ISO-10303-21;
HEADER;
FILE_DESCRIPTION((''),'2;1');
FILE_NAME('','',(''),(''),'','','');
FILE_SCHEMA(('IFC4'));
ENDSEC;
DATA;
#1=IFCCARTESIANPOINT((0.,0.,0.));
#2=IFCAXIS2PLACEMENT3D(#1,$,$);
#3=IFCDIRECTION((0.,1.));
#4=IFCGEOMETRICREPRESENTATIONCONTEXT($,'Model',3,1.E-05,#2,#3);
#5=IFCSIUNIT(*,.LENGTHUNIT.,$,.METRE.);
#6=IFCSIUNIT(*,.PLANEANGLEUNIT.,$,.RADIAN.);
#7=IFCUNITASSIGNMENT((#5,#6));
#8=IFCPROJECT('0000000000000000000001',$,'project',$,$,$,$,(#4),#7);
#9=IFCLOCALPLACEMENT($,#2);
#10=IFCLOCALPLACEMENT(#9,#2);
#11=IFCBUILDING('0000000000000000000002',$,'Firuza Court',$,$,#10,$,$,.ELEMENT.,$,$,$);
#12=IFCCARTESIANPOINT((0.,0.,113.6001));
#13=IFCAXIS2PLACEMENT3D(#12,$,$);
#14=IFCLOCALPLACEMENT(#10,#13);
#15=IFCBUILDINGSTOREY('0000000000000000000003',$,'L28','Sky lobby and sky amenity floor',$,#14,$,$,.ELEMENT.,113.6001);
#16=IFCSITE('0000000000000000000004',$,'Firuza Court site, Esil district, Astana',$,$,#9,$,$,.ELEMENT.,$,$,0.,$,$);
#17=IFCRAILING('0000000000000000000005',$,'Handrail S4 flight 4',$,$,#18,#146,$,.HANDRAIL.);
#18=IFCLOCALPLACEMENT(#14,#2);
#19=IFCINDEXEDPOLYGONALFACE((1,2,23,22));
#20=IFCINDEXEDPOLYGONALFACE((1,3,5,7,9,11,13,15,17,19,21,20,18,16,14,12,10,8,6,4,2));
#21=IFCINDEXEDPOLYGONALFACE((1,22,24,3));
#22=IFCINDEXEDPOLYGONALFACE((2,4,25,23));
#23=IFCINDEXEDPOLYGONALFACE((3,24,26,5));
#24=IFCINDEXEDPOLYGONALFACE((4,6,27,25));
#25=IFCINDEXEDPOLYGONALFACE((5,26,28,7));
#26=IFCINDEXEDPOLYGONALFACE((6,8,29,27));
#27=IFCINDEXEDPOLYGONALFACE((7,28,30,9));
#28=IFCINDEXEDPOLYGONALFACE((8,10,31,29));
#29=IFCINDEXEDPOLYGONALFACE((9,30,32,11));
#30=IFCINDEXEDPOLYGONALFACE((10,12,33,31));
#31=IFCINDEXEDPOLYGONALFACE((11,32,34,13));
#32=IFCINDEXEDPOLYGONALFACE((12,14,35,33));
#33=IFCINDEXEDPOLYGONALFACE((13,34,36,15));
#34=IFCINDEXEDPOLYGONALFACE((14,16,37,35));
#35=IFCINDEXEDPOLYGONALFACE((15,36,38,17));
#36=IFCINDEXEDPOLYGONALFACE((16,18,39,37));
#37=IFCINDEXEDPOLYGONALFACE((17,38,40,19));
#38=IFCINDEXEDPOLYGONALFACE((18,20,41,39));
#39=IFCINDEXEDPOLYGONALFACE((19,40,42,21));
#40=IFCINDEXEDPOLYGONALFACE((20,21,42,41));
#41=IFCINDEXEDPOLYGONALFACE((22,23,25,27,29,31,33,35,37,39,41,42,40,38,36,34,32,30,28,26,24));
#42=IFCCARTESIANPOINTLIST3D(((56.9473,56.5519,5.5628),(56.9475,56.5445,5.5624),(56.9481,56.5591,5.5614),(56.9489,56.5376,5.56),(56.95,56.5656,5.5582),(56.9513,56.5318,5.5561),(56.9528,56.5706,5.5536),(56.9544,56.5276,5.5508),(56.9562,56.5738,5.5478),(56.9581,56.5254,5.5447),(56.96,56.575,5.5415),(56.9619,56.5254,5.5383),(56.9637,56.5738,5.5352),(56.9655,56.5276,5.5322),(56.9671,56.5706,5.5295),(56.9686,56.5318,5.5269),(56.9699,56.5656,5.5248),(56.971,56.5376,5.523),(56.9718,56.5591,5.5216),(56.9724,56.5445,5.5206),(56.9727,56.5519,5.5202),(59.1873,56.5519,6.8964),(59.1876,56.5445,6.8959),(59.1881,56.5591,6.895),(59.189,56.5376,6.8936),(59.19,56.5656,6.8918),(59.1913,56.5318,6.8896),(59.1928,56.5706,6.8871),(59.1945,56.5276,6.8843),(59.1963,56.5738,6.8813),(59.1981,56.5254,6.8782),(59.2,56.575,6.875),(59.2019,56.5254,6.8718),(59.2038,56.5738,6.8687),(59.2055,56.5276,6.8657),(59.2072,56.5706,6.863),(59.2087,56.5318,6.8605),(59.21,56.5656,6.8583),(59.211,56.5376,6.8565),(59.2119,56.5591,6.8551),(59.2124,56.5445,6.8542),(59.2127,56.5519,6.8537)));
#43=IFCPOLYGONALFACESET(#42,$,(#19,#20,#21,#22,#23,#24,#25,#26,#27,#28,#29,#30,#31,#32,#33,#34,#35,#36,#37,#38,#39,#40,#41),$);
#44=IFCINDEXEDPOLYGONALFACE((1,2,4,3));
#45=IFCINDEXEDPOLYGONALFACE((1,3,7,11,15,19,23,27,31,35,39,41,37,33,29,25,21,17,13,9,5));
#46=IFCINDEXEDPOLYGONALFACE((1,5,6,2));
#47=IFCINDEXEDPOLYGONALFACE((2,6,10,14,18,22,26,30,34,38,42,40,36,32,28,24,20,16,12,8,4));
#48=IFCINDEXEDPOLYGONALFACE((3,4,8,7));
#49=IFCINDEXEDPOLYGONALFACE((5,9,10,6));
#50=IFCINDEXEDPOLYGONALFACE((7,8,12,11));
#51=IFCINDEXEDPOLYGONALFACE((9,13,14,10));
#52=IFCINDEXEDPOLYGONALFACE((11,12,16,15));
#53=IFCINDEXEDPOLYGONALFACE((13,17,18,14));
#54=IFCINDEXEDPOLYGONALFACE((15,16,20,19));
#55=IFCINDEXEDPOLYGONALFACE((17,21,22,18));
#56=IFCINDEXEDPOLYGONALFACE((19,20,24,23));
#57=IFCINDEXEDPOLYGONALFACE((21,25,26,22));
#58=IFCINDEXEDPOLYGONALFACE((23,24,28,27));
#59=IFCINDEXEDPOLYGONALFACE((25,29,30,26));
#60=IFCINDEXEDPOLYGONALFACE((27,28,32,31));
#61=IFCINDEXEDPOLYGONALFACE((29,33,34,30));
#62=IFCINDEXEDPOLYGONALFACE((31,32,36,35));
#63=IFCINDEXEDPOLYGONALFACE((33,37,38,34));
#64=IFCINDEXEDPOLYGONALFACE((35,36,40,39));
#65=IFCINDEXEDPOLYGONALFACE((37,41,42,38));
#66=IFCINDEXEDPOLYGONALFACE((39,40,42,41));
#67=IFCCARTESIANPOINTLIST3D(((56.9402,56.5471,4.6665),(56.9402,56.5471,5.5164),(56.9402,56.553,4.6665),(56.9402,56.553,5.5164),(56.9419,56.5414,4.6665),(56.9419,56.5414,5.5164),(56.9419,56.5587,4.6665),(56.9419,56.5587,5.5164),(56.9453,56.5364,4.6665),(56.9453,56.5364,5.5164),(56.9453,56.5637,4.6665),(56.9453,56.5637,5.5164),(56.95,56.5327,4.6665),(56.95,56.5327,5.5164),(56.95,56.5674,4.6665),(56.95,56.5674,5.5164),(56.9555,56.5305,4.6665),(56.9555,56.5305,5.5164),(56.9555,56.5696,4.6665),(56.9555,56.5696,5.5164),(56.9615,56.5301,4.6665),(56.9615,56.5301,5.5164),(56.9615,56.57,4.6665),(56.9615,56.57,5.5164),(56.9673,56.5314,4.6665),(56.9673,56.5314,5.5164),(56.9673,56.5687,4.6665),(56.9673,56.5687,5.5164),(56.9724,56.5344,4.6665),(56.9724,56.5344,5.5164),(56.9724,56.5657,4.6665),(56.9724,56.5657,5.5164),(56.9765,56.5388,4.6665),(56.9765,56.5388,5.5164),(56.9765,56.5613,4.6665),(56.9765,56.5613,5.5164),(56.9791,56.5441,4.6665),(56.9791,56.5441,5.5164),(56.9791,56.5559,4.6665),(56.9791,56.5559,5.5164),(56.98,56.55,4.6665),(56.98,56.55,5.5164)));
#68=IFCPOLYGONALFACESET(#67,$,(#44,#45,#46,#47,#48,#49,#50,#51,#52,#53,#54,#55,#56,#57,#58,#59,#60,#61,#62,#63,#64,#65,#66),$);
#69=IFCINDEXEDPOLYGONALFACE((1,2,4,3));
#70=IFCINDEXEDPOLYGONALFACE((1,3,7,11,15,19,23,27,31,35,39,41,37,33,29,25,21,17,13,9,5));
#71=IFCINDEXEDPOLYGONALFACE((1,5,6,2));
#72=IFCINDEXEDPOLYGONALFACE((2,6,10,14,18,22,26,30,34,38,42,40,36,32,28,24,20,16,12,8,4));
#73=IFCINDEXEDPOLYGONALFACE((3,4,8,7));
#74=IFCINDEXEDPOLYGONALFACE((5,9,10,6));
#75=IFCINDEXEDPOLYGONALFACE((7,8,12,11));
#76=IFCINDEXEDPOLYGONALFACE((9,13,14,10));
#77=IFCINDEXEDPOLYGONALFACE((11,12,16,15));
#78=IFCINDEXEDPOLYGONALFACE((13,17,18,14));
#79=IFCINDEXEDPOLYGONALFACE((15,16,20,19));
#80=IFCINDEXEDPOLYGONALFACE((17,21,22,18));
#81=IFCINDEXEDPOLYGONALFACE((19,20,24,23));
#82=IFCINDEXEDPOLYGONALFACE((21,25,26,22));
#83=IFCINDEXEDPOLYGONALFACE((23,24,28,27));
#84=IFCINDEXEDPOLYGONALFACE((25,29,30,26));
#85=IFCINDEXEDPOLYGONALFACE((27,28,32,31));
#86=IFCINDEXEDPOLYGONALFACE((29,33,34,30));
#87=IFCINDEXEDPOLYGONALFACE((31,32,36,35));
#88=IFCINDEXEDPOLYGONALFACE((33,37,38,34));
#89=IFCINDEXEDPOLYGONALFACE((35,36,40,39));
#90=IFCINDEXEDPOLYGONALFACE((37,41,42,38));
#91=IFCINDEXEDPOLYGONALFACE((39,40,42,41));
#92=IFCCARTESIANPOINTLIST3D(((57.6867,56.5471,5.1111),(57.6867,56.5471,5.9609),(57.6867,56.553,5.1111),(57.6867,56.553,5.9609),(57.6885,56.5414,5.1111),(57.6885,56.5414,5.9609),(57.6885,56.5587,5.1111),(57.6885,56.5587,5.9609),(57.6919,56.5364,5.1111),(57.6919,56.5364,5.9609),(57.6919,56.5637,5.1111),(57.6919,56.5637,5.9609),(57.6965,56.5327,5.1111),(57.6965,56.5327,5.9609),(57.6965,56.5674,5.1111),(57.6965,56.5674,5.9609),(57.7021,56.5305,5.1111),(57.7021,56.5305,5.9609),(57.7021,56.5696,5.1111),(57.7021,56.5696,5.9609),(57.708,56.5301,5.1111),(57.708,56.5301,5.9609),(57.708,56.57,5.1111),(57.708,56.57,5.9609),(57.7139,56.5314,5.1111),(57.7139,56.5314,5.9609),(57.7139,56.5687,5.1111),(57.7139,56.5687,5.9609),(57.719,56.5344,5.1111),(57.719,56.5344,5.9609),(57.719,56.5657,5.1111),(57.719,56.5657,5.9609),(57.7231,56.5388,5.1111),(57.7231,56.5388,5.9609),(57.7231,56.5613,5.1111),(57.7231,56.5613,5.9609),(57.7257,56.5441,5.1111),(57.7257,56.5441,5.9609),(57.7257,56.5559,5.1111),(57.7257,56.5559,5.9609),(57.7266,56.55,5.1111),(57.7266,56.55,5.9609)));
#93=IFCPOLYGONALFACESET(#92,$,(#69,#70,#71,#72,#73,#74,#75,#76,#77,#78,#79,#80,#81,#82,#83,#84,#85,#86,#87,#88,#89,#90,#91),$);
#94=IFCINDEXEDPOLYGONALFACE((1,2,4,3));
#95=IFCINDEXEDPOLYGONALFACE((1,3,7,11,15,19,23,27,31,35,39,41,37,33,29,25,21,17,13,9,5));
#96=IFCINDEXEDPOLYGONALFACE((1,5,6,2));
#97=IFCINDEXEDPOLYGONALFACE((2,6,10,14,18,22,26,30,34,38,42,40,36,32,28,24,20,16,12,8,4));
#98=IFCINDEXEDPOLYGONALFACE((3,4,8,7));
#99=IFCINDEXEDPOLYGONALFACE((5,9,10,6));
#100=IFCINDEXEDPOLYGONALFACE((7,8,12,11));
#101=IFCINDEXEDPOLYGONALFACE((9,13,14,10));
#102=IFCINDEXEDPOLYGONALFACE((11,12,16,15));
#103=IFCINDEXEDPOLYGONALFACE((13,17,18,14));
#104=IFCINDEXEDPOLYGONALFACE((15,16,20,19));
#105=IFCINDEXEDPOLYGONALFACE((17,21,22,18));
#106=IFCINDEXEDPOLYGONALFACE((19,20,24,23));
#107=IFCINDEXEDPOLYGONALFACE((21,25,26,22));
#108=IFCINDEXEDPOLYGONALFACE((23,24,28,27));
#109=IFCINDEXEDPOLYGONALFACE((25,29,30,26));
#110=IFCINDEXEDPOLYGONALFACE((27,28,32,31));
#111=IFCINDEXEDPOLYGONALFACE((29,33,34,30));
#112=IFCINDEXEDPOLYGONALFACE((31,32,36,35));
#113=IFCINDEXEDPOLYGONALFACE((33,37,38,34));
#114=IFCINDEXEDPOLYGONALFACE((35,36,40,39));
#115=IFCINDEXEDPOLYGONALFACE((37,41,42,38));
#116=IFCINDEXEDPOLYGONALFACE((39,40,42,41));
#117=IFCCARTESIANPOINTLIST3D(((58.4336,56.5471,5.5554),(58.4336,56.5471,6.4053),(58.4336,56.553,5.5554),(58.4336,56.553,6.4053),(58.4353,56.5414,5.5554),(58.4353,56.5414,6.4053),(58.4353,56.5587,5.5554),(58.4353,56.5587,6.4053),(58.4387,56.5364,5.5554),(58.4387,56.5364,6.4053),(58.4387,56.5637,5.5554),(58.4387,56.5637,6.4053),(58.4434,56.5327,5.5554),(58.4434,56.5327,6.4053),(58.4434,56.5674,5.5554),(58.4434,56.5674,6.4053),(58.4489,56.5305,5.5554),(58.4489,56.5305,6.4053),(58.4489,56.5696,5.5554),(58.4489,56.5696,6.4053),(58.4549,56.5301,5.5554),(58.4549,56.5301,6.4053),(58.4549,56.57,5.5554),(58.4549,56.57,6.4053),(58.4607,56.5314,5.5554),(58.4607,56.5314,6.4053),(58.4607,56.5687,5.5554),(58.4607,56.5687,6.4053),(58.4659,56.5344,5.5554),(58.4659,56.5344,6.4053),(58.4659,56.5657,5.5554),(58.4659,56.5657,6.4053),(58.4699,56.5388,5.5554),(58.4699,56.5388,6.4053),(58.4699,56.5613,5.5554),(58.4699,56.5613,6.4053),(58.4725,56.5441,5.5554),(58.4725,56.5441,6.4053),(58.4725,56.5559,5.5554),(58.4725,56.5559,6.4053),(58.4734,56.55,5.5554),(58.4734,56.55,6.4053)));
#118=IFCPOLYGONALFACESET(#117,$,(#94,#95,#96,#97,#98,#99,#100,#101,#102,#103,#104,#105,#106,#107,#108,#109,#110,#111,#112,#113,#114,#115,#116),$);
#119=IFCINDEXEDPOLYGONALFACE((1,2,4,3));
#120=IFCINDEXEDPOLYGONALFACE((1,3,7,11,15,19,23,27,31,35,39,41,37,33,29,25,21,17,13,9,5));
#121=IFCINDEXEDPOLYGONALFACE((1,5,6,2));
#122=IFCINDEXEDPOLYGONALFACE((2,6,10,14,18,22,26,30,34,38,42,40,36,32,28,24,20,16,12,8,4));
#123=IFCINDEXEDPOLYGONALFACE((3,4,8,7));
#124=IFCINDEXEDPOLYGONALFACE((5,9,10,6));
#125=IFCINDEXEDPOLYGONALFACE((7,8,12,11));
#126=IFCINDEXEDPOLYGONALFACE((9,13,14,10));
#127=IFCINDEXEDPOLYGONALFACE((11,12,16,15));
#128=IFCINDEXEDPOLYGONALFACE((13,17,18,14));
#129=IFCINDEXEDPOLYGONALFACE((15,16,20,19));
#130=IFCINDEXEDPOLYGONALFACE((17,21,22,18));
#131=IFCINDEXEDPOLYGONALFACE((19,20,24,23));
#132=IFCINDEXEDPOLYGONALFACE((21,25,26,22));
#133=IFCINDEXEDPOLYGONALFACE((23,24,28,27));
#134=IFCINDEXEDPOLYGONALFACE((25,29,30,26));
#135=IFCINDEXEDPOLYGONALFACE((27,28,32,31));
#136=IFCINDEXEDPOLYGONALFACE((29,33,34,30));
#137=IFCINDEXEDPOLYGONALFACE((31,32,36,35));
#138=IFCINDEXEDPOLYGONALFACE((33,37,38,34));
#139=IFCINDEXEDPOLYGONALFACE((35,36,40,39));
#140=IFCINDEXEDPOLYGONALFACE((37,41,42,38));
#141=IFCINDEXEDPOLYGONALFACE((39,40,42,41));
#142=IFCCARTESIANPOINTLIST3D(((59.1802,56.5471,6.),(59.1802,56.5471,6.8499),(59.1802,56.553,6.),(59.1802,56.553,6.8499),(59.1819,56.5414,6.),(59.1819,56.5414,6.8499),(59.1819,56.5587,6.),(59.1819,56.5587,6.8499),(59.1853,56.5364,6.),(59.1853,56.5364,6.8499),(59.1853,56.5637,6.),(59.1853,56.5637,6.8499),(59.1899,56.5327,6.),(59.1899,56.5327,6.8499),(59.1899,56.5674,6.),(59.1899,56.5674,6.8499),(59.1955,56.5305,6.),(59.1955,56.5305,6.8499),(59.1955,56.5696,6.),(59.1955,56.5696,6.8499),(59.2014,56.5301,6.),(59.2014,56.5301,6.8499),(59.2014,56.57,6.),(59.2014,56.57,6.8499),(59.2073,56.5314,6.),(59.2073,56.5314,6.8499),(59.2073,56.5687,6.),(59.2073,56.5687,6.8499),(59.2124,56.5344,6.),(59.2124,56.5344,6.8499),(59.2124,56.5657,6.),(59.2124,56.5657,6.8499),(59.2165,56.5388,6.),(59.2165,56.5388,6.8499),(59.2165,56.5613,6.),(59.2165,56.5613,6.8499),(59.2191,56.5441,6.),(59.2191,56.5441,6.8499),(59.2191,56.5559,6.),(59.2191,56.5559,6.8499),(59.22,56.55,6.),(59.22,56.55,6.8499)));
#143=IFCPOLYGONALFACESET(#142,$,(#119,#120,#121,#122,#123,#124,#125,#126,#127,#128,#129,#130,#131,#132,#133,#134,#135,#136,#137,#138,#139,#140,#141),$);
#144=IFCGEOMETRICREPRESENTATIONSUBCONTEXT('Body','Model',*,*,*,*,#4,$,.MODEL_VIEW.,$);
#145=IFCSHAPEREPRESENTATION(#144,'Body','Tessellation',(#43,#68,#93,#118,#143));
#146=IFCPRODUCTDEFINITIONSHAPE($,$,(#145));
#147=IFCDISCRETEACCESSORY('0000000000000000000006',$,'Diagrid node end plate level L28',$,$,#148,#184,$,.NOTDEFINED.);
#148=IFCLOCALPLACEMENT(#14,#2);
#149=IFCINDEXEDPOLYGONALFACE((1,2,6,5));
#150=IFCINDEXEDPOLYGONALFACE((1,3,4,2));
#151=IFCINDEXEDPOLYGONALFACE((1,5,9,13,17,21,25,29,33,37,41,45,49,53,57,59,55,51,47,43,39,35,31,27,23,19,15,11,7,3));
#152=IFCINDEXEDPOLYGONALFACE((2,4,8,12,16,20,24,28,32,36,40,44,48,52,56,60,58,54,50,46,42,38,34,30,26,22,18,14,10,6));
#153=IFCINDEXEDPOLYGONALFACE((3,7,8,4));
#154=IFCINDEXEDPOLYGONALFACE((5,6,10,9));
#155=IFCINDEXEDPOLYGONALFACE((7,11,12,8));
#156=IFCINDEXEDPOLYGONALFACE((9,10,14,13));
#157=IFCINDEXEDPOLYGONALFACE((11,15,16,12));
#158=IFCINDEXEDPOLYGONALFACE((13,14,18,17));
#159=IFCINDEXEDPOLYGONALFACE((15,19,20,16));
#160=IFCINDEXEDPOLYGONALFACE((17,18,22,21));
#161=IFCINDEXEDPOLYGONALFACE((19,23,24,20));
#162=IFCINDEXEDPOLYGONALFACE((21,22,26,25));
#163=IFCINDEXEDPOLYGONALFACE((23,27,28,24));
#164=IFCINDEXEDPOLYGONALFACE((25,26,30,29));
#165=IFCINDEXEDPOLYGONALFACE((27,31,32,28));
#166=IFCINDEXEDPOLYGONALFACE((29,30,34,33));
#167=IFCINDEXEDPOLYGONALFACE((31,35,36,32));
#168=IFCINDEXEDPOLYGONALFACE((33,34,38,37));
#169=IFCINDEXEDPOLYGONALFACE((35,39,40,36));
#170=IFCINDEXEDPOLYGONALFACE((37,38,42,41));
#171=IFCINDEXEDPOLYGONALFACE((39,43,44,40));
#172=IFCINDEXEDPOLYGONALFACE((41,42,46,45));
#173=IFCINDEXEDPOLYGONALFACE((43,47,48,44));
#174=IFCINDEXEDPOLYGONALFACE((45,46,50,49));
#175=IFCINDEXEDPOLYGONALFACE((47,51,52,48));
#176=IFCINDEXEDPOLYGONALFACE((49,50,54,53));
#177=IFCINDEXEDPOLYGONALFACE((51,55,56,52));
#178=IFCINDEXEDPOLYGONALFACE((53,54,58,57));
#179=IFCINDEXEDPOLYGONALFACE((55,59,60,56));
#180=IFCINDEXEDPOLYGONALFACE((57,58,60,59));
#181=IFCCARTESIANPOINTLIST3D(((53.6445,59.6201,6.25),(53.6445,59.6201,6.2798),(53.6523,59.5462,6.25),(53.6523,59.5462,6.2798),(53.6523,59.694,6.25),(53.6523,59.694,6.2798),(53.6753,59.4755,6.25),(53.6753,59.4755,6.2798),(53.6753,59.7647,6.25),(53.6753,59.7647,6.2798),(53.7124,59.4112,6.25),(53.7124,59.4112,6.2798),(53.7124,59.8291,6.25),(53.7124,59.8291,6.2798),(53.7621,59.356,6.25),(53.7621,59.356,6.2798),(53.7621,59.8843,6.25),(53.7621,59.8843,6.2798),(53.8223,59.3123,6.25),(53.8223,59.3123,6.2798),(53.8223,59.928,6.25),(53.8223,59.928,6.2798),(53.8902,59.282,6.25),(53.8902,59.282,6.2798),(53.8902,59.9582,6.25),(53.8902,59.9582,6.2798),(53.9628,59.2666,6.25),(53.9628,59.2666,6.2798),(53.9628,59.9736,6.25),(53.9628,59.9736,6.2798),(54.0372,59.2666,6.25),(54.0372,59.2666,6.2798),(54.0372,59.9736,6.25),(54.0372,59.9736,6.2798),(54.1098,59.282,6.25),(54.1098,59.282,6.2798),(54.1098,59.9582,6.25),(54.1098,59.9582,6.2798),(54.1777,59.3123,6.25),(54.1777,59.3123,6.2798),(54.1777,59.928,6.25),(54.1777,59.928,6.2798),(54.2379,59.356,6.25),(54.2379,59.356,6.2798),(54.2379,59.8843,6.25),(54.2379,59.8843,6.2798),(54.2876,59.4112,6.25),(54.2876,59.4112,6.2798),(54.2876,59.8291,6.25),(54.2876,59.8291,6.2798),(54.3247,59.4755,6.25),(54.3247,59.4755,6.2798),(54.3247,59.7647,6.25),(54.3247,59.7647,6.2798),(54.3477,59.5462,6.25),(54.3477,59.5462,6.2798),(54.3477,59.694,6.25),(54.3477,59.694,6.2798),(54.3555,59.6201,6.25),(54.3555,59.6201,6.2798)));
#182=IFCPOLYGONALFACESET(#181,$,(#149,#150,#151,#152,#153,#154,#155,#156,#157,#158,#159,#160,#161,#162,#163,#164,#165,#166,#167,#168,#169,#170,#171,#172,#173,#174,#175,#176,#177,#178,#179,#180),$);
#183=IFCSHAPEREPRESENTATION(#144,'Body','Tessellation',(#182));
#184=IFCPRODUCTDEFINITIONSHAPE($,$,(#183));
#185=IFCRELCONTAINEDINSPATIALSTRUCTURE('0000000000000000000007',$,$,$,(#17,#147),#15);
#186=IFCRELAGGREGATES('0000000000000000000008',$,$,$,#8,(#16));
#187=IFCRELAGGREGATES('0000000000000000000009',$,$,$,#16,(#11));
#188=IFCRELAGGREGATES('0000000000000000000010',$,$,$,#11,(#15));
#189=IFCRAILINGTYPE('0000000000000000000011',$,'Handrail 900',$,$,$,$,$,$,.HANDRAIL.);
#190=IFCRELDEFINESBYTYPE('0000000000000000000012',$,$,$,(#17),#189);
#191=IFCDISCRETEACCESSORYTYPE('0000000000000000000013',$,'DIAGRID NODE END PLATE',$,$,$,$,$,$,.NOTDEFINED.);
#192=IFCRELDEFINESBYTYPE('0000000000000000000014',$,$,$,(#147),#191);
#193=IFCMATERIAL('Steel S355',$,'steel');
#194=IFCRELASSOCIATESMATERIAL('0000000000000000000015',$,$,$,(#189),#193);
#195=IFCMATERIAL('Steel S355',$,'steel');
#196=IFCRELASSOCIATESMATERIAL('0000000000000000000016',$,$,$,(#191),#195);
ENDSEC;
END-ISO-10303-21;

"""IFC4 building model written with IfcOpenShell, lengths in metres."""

from ifc_helpers import new_model, si_unit, direction, frame, origin, origin_2d, place, context, subcontext, project, spatial, circle, extrude, material, material_profile, profile_set, type_object, element, save


model = new_model("IFC4")

# Units and contexts
model_context = context("Model", 3, precision=1e-05, world=origin(), true_north=direction((0.0, 1.0)))
body_context = subcontext(model_context, "Body", "Model", "MODEL_VIEW")
ifc_project = project(units=[si_unit("LENGTHUNIT", "METRE"), si_unit("PLANEANGLEUNIT", "RADIAN")], contexts=[model_context])

# Site, building, storey
site_placement = place(None, origin())
site = spatial("IfcSite", under=ifc_project, at=site_placement, Name="Firuza Court site, Esil district, Astana", CompositionType="ELEMENT", RefElevation=0.0)
building_placement = place(site_placement, origin())
building = spatial("IfcBuilding", under=site, at=building_placement, Name="Firuza Court", CompositionType="ELEMENT")
storey_placement = place(building_placement, frame((0.0, 0.0, 113.6001)))
storey = spatial("IfcBuildingStorey", under=building, at=storey_placement, Name="L28", Description="Sky lobby and sky amenity floor", CompositionType="ELEMENT", Elevation=113.6001)

# Railing
ifc_material_1 = material(Name="Steel S355", Category="steel")
railing_type_1 = type_object("IfcRailingType", Name="Handrail 900", PredefinedType="HANDRAIL", material=ifc_material_1)
railing_1_placement = place(storey_placement, frame((56.96, 56.55, 4.6665)))
element("IfcRailing", 1, at=railing_1_placement, inside=storey, type_object=railing_type_1, Name="Handrail S4 flight 4", PredefinedType="HANDRAIL", context=body_context, shape_type="SweptSolid", body=[
    extrude(circle(Radius=0.0249, at=origin_2d()), frame((0.0, 0.0, 0.875), z_axis=(0.859264, 0.0, 0.511532), x_axis=(0.0, 1.0, 0.0)), (0.0, 0.0, 1.0), 2.6069),
    extrude(circle(Radius=0.02, at=origin_2d()), origin(), (0.0, 0.0, 1.0), 0.8499),
    extrude(circle(Radius=0.02, at=origin_2d()), frame((0.7466, 0.0, 0.4446)), (0.0, 0.0, 1.0), 0.8499),
    extrude(circle(Radius=0.02, at=origin_2d()), frame((1.4934, 0.0, 0.8889)), (0.0, 0.0, 1.0), 0.8499),
    extrude(circle(Radius=0.02, at=origin_2d()), frame((2.24, 0.0, 1.3335)), (0.0, 0.0, 1.0), 0.8499),
])

# Discrete accessory
ifc_material_2 = material(Name="Steel S355", Category="steel")
ifc_material_profile_1 = material_profile(ifc_material_2, circle(Radius=0.3555, at=origin_2d()), Name="PL D711")
ifc_profile_set_1 = profile_set([ifc_material_profile_1], Name="Steel S355")
discrete_accessory_type = type_object("IfcDiscreteAccessoryType", Name="DIAGRID NODE END PLATE", PredefinedType="NOTDEFINED", material=ifc_profile_set_1)
discrete_accessory_1_placement = place(storey_placement, frame((54.0, 59.6201, 6.25), z_axis=(0.0, 0.0, 1.0), x_axis=(1.0, 0.0, 0.0)))
element("IfcDiscreteAccessory", 2, at=discrete_accessory_1_placement, inside=storey, type_object=discrete_accessory_type, Name="Diagrid node end plate level L28", PredefinedType="NOTDEFINED", context=body_context, shape_type="SweptSolid", body=[
    extrude(circle(Radius=0.3555, at=origin_2d()), origin(), (0.0, 0.0, 1.0), 0.0298),
])

save(model, "model.ifc")
